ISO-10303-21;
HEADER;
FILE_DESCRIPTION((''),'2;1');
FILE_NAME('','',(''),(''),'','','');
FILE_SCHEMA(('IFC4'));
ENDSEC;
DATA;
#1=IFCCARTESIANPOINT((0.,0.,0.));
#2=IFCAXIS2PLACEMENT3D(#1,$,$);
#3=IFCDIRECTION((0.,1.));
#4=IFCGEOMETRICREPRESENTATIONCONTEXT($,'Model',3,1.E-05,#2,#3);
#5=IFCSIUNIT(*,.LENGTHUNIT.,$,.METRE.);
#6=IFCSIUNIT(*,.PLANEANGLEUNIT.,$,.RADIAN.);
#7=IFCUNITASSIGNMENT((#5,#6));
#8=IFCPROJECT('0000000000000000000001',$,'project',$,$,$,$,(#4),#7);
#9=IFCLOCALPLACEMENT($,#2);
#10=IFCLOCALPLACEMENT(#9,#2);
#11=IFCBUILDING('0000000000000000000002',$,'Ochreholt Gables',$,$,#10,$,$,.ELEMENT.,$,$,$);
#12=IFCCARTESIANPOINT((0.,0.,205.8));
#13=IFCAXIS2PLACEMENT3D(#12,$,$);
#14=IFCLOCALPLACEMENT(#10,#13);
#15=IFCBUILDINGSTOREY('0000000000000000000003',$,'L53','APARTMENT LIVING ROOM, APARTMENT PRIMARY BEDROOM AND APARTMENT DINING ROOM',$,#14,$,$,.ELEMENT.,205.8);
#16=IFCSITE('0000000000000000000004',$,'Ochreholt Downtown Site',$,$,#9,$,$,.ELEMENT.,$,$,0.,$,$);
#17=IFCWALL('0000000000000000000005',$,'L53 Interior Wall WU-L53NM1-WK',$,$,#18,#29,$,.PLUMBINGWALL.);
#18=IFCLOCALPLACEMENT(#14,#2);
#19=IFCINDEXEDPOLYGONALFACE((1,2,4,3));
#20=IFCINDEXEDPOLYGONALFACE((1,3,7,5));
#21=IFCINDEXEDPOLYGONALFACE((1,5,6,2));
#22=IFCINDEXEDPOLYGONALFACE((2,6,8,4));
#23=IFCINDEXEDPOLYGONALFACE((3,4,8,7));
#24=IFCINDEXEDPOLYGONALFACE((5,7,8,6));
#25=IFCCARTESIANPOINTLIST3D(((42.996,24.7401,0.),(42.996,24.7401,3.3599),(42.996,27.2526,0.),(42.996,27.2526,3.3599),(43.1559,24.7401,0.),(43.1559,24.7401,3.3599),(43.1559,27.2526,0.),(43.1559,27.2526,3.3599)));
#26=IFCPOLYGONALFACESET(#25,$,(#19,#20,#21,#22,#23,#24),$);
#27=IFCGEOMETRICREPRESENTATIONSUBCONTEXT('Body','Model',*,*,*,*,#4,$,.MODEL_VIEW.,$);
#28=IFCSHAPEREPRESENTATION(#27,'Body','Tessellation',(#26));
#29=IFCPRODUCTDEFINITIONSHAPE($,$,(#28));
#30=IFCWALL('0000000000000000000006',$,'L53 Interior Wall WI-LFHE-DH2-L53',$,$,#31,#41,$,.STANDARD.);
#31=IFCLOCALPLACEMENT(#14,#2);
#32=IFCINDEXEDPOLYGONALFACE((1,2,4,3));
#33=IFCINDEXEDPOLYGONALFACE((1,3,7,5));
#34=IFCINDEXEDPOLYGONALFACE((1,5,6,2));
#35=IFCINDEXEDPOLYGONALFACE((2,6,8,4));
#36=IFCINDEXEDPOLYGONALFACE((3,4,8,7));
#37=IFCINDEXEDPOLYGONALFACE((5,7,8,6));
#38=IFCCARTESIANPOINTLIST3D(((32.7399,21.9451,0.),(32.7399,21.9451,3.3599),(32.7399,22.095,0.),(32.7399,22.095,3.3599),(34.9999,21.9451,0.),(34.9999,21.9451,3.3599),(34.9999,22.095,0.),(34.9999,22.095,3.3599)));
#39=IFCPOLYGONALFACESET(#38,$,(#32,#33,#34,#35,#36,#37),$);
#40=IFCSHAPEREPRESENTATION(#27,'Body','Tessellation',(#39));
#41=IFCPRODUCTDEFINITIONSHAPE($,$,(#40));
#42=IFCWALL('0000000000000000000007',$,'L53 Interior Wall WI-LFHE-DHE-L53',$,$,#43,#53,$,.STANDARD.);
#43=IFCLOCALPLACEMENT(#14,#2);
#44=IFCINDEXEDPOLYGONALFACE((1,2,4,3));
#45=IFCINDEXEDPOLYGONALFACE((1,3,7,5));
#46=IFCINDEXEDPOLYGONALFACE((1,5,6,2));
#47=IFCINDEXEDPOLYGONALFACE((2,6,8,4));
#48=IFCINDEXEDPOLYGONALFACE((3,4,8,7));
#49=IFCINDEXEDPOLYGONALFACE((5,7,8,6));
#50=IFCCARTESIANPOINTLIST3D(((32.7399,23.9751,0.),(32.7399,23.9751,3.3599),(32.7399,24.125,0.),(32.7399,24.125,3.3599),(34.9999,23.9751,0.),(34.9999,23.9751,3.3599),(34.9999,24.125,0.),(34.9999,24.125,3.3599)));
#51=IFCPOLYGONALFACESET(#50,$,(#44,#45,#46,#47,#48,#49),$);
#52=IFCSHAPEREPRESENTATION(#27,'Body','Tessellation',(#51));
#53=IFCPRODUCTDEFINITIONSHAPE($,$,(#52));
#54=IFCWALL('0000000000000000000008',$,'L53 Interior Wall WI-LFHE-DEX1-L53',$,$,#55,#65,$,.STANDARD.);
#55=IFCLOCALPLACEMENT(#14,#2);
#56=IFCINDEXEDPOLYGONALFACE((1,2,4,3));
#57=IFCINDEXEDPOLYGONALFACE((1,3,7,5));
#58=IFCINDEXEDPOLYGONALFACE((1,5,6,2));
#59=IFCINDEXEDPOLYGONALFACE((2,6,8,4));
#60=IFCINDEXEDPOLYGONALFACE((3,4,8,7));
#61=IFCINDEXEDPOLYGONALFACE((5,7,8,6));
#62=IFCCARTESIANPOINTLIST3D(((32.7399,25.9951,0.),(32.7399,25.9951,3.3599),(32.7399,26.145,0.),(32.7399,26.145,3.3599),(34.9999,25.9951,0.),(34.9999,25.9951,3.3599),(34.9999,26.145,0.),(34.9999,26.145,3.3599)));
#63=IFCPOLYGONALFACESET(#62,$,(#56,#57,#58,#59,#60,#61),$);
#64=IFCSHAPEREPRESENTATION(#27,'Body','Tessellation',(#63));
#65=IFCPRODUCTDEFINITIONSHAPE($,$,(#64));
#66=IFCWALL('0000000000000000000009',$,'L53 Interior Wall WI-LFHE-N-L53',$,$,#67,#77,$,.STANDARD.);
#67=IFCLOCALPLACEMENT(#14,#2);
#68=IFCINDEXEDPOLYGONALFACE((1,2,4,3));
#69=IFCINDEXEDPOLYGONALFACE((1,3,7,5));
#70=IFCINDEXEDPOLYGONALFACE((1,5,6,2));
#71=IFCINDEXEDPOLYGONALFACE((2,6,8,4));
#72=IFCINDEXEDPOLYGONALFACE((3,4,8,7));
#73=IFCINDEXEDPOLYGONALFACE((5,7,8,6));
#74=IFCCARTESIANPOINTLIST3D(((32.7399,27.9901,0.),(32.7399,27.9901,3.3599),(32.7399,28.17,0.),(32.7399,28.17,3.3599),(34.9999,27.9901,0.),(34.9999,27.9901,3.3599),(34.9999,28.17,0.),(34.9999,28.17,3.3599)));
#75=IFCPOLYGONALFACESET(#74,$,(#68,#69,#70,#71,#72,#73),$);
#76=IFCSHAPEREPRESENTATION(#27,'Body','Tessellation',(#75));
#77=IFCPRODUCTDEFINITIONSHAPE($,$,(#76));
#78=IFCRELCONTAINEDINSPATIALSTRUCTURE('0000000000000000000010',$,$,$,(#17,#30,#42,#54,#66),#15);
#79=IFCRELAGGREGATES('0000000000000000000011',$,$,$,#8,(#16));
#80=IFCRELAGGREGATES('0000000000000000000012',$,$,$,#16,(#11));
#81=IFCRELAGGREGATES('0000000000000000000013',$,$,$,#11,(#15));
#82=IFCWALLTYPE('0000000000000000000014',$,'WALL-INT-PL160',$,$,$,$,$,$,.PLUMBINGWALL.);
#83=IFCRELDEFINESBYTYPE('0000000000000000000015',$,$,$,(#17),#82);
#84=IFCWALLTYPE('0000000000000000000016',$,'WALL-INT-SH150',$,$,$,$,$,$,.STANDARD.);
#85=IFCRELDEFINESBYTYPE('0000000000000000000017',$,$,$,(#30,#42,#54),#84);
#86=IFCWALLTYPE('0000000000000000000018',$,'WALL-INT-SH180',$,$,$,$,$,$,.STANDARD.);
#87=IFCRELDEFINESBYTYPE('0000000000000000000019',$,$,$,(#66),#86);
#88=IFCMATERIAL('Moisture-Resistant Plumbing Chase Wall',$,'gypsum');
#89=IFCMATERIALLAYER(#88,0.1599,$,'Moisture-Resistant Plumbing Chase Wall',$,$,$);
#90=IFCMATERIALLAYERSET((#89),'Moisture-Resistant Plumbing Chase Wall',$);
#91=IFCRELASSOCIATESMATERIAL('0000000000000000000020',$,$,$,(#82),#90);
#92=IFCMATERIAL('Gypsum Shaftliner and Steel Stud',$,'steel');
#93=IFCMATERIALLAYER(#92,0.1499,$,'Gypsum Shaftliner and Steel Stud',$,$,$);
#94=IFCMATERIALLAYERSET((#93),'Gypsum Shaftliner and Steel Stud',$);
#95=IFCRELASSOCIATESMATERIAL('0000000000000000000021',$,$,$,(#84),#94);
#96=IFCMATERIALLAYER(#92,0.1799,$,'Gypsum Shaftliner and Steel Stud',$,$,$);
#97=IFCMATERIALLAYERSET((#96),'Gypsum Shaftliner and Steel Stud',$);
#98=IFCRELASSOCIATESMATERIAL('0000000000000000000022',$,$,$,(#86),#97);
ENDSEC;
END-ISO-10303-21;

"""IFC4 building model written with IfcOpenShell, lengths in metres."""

from ifc_helpers import new_model, si_unit, direction, frame, frame_2d, origin, place, context, subcontext, project, spatial, rectangle, extrude, material, layer, layer_set, type_object, element, save


model = new_model("IFC4")

# Units and contexts
model_context = context("Model", 3, precision=1e-05, world=origin(), true_north=direction((0.0, 1.0)))
body_context = subcontext(model_context, "Body", "Model", "MODEL_VIEW")
ifc_project = project(units=[si_unit("LENGTHUNIT", "METRE"), si_unit("PLANEANGLEUNIT", "RADIAN")], contexts=[model_context])

# Site, building, storey
site_placement = place(None, origin())
site = spatial("IfcSite", under=ifc_project, at=site_placement, Name="Ochreholt Downtown Site", CompositionType="ELEMENT", RefElevation=0.0)
building_placement = place(site_placement, origin())
building = spatial("IfcBuilding", under=site, at=building_placement, Name="Ochreholt Gables", CompositionType="ELEMENT")
storey_placement = place(building_placement, frame((0.0, 0.0, 205.8)))
storey = spatial("IfcBuildingStorey", under=building, at=storey_placement, Name="L53", Description="APARTMENT LIVING ROOM, APARTMENT PRIMARY BEDROOM AND APARTMENT DINING ROOM", CompositionType="ELEMENT", Elevation=205.8)

# Shared definitions
ifc_material_1 = material(Name="Moisture-Resistant Plumbing Chase Wall", Category="gypsum")
ifc_layer_1 = layer(ifc_material_1, 0.1599, Name="Moisture-Resistant Plumbing Chase Wall")
ifc_layer_set_1 = layer_set([ifc_layer_1], Name="Moisture-Resistant Plumbing Chase Wall")
wall_type_1 = type_object("IfcWallType", Name="WALL-INT-PL160", PredefinedType="PLUMBINGWALL", material=ifc_layer_set_1)

# Walls
wall_1_placement = place(storey_placement, frame((43.0759, 24.74, 0.0), z_axis=(0.0, 0.0, 1.0), x_axis=(0.0, 1.0, 0.0)))
element("IfcWall", 1, at=wall_1_placement, inside=storey, type_object=wall_type_1, Name="L53 Interior Wall WU-L53NM1-WK", PredefinedType="PLUMBINGWALL", context=body_context, shape_type="SweptSolid", body=[
    extrude(rectangle(XDim=2.5125, YDim=0.1599, at=frame_2d((1.2563, 0.0))), origin(), (0.0, 0.0, 1.0), 3.3599),
])
ifc_material_2 = material(Name="Gypsum Shaftliner and Steel Stud", Category="steel")
ifc_layer_2 = layer(ifc_material_2, 0.1499, Name="Gypsum Shaftliner and Steel Stud")
ifc_layer_set_2 = layer_set([ifc_layer_2], Name="Gypsum Shaftliner and Steel Stud")
wall_type_2 = type_object("IfcWallType", Name="WALL-INT-SH150", PredefinedType="STANDARD", material=ifc_layer_set_2)
for number, where, z_axis, x_axis, name in (
    (2, (32.74, 22.02, 0.0), (0.0, 0.0, 1.0), (1.0, 0.0, 0.0), "L53 Interior Wall WI-LFHE-DH2-L53"),
    (3, (32.74, 24.05, 0.0), (0.0, 0.0, 1.0), (1.0, 0.0, 0.0), "L53 Interior Wall WI-LFHE-DHE-L53"),
    (4, (32.74, 26.0701, 0.0), (0.0, 0.0, 1.0), (1.0, 0.0, 0.0), "L53 Interior Wall WI-LFHE-DEX1-L53"),
):
    element("IfcWall", number, at=place(storey_placement, frame(where, z_axis=z_axis, x_axis=x_axis)), inside=storey, type_object=wall_type_2, Name=name, PredefinedType="STANDARD", context=body_context, shape_type="SweptSolid", body=[
        extrude(rectangle(XDim=2.26, YDim=0.1499, at=frame_2d((1.1299, 0.0))), origin(), (0.0, 0.0, 1.0), 3.3599),
    ])
ifc_layer_3 = layer(ifc_material_2, 0.1799, Name="Gypsum Shaftliner and Steel Stud")
ifc_layer_set_3 = layer_set([ifc_layer_3], Name="Gypsum Shaftliner and Steel Stud")
wall_type_3 = type_object("IfcWallType", Name="WALL-INT-SH180", PredefinedType="STANDARD", material=ifc_layer_set_3)
wall_2_placement = place(storey_placement, frame((32.74, 28.0801, 0.0), z_axis=(0.0, 0.0, 1.0), x_axis=(1.0, 0.0, 0.0)))
element("IfcWall", 5, at=wall_2_placement, inside=storey, type_object=wall_type_3, Name="L53 Interior Wall WI-LFHE-N-L53", PredefinedType="STANDARD", context=body_context, shape_type="SweptSolid", body=[
    extrude(rectangle(XDim=2.26, YDim=0.1799, at=frame_2d((1.1299, 0.0))), origin(), (0.0, 0.0, 1.0), 3.3599),
])

save(model, "model.ifc")
